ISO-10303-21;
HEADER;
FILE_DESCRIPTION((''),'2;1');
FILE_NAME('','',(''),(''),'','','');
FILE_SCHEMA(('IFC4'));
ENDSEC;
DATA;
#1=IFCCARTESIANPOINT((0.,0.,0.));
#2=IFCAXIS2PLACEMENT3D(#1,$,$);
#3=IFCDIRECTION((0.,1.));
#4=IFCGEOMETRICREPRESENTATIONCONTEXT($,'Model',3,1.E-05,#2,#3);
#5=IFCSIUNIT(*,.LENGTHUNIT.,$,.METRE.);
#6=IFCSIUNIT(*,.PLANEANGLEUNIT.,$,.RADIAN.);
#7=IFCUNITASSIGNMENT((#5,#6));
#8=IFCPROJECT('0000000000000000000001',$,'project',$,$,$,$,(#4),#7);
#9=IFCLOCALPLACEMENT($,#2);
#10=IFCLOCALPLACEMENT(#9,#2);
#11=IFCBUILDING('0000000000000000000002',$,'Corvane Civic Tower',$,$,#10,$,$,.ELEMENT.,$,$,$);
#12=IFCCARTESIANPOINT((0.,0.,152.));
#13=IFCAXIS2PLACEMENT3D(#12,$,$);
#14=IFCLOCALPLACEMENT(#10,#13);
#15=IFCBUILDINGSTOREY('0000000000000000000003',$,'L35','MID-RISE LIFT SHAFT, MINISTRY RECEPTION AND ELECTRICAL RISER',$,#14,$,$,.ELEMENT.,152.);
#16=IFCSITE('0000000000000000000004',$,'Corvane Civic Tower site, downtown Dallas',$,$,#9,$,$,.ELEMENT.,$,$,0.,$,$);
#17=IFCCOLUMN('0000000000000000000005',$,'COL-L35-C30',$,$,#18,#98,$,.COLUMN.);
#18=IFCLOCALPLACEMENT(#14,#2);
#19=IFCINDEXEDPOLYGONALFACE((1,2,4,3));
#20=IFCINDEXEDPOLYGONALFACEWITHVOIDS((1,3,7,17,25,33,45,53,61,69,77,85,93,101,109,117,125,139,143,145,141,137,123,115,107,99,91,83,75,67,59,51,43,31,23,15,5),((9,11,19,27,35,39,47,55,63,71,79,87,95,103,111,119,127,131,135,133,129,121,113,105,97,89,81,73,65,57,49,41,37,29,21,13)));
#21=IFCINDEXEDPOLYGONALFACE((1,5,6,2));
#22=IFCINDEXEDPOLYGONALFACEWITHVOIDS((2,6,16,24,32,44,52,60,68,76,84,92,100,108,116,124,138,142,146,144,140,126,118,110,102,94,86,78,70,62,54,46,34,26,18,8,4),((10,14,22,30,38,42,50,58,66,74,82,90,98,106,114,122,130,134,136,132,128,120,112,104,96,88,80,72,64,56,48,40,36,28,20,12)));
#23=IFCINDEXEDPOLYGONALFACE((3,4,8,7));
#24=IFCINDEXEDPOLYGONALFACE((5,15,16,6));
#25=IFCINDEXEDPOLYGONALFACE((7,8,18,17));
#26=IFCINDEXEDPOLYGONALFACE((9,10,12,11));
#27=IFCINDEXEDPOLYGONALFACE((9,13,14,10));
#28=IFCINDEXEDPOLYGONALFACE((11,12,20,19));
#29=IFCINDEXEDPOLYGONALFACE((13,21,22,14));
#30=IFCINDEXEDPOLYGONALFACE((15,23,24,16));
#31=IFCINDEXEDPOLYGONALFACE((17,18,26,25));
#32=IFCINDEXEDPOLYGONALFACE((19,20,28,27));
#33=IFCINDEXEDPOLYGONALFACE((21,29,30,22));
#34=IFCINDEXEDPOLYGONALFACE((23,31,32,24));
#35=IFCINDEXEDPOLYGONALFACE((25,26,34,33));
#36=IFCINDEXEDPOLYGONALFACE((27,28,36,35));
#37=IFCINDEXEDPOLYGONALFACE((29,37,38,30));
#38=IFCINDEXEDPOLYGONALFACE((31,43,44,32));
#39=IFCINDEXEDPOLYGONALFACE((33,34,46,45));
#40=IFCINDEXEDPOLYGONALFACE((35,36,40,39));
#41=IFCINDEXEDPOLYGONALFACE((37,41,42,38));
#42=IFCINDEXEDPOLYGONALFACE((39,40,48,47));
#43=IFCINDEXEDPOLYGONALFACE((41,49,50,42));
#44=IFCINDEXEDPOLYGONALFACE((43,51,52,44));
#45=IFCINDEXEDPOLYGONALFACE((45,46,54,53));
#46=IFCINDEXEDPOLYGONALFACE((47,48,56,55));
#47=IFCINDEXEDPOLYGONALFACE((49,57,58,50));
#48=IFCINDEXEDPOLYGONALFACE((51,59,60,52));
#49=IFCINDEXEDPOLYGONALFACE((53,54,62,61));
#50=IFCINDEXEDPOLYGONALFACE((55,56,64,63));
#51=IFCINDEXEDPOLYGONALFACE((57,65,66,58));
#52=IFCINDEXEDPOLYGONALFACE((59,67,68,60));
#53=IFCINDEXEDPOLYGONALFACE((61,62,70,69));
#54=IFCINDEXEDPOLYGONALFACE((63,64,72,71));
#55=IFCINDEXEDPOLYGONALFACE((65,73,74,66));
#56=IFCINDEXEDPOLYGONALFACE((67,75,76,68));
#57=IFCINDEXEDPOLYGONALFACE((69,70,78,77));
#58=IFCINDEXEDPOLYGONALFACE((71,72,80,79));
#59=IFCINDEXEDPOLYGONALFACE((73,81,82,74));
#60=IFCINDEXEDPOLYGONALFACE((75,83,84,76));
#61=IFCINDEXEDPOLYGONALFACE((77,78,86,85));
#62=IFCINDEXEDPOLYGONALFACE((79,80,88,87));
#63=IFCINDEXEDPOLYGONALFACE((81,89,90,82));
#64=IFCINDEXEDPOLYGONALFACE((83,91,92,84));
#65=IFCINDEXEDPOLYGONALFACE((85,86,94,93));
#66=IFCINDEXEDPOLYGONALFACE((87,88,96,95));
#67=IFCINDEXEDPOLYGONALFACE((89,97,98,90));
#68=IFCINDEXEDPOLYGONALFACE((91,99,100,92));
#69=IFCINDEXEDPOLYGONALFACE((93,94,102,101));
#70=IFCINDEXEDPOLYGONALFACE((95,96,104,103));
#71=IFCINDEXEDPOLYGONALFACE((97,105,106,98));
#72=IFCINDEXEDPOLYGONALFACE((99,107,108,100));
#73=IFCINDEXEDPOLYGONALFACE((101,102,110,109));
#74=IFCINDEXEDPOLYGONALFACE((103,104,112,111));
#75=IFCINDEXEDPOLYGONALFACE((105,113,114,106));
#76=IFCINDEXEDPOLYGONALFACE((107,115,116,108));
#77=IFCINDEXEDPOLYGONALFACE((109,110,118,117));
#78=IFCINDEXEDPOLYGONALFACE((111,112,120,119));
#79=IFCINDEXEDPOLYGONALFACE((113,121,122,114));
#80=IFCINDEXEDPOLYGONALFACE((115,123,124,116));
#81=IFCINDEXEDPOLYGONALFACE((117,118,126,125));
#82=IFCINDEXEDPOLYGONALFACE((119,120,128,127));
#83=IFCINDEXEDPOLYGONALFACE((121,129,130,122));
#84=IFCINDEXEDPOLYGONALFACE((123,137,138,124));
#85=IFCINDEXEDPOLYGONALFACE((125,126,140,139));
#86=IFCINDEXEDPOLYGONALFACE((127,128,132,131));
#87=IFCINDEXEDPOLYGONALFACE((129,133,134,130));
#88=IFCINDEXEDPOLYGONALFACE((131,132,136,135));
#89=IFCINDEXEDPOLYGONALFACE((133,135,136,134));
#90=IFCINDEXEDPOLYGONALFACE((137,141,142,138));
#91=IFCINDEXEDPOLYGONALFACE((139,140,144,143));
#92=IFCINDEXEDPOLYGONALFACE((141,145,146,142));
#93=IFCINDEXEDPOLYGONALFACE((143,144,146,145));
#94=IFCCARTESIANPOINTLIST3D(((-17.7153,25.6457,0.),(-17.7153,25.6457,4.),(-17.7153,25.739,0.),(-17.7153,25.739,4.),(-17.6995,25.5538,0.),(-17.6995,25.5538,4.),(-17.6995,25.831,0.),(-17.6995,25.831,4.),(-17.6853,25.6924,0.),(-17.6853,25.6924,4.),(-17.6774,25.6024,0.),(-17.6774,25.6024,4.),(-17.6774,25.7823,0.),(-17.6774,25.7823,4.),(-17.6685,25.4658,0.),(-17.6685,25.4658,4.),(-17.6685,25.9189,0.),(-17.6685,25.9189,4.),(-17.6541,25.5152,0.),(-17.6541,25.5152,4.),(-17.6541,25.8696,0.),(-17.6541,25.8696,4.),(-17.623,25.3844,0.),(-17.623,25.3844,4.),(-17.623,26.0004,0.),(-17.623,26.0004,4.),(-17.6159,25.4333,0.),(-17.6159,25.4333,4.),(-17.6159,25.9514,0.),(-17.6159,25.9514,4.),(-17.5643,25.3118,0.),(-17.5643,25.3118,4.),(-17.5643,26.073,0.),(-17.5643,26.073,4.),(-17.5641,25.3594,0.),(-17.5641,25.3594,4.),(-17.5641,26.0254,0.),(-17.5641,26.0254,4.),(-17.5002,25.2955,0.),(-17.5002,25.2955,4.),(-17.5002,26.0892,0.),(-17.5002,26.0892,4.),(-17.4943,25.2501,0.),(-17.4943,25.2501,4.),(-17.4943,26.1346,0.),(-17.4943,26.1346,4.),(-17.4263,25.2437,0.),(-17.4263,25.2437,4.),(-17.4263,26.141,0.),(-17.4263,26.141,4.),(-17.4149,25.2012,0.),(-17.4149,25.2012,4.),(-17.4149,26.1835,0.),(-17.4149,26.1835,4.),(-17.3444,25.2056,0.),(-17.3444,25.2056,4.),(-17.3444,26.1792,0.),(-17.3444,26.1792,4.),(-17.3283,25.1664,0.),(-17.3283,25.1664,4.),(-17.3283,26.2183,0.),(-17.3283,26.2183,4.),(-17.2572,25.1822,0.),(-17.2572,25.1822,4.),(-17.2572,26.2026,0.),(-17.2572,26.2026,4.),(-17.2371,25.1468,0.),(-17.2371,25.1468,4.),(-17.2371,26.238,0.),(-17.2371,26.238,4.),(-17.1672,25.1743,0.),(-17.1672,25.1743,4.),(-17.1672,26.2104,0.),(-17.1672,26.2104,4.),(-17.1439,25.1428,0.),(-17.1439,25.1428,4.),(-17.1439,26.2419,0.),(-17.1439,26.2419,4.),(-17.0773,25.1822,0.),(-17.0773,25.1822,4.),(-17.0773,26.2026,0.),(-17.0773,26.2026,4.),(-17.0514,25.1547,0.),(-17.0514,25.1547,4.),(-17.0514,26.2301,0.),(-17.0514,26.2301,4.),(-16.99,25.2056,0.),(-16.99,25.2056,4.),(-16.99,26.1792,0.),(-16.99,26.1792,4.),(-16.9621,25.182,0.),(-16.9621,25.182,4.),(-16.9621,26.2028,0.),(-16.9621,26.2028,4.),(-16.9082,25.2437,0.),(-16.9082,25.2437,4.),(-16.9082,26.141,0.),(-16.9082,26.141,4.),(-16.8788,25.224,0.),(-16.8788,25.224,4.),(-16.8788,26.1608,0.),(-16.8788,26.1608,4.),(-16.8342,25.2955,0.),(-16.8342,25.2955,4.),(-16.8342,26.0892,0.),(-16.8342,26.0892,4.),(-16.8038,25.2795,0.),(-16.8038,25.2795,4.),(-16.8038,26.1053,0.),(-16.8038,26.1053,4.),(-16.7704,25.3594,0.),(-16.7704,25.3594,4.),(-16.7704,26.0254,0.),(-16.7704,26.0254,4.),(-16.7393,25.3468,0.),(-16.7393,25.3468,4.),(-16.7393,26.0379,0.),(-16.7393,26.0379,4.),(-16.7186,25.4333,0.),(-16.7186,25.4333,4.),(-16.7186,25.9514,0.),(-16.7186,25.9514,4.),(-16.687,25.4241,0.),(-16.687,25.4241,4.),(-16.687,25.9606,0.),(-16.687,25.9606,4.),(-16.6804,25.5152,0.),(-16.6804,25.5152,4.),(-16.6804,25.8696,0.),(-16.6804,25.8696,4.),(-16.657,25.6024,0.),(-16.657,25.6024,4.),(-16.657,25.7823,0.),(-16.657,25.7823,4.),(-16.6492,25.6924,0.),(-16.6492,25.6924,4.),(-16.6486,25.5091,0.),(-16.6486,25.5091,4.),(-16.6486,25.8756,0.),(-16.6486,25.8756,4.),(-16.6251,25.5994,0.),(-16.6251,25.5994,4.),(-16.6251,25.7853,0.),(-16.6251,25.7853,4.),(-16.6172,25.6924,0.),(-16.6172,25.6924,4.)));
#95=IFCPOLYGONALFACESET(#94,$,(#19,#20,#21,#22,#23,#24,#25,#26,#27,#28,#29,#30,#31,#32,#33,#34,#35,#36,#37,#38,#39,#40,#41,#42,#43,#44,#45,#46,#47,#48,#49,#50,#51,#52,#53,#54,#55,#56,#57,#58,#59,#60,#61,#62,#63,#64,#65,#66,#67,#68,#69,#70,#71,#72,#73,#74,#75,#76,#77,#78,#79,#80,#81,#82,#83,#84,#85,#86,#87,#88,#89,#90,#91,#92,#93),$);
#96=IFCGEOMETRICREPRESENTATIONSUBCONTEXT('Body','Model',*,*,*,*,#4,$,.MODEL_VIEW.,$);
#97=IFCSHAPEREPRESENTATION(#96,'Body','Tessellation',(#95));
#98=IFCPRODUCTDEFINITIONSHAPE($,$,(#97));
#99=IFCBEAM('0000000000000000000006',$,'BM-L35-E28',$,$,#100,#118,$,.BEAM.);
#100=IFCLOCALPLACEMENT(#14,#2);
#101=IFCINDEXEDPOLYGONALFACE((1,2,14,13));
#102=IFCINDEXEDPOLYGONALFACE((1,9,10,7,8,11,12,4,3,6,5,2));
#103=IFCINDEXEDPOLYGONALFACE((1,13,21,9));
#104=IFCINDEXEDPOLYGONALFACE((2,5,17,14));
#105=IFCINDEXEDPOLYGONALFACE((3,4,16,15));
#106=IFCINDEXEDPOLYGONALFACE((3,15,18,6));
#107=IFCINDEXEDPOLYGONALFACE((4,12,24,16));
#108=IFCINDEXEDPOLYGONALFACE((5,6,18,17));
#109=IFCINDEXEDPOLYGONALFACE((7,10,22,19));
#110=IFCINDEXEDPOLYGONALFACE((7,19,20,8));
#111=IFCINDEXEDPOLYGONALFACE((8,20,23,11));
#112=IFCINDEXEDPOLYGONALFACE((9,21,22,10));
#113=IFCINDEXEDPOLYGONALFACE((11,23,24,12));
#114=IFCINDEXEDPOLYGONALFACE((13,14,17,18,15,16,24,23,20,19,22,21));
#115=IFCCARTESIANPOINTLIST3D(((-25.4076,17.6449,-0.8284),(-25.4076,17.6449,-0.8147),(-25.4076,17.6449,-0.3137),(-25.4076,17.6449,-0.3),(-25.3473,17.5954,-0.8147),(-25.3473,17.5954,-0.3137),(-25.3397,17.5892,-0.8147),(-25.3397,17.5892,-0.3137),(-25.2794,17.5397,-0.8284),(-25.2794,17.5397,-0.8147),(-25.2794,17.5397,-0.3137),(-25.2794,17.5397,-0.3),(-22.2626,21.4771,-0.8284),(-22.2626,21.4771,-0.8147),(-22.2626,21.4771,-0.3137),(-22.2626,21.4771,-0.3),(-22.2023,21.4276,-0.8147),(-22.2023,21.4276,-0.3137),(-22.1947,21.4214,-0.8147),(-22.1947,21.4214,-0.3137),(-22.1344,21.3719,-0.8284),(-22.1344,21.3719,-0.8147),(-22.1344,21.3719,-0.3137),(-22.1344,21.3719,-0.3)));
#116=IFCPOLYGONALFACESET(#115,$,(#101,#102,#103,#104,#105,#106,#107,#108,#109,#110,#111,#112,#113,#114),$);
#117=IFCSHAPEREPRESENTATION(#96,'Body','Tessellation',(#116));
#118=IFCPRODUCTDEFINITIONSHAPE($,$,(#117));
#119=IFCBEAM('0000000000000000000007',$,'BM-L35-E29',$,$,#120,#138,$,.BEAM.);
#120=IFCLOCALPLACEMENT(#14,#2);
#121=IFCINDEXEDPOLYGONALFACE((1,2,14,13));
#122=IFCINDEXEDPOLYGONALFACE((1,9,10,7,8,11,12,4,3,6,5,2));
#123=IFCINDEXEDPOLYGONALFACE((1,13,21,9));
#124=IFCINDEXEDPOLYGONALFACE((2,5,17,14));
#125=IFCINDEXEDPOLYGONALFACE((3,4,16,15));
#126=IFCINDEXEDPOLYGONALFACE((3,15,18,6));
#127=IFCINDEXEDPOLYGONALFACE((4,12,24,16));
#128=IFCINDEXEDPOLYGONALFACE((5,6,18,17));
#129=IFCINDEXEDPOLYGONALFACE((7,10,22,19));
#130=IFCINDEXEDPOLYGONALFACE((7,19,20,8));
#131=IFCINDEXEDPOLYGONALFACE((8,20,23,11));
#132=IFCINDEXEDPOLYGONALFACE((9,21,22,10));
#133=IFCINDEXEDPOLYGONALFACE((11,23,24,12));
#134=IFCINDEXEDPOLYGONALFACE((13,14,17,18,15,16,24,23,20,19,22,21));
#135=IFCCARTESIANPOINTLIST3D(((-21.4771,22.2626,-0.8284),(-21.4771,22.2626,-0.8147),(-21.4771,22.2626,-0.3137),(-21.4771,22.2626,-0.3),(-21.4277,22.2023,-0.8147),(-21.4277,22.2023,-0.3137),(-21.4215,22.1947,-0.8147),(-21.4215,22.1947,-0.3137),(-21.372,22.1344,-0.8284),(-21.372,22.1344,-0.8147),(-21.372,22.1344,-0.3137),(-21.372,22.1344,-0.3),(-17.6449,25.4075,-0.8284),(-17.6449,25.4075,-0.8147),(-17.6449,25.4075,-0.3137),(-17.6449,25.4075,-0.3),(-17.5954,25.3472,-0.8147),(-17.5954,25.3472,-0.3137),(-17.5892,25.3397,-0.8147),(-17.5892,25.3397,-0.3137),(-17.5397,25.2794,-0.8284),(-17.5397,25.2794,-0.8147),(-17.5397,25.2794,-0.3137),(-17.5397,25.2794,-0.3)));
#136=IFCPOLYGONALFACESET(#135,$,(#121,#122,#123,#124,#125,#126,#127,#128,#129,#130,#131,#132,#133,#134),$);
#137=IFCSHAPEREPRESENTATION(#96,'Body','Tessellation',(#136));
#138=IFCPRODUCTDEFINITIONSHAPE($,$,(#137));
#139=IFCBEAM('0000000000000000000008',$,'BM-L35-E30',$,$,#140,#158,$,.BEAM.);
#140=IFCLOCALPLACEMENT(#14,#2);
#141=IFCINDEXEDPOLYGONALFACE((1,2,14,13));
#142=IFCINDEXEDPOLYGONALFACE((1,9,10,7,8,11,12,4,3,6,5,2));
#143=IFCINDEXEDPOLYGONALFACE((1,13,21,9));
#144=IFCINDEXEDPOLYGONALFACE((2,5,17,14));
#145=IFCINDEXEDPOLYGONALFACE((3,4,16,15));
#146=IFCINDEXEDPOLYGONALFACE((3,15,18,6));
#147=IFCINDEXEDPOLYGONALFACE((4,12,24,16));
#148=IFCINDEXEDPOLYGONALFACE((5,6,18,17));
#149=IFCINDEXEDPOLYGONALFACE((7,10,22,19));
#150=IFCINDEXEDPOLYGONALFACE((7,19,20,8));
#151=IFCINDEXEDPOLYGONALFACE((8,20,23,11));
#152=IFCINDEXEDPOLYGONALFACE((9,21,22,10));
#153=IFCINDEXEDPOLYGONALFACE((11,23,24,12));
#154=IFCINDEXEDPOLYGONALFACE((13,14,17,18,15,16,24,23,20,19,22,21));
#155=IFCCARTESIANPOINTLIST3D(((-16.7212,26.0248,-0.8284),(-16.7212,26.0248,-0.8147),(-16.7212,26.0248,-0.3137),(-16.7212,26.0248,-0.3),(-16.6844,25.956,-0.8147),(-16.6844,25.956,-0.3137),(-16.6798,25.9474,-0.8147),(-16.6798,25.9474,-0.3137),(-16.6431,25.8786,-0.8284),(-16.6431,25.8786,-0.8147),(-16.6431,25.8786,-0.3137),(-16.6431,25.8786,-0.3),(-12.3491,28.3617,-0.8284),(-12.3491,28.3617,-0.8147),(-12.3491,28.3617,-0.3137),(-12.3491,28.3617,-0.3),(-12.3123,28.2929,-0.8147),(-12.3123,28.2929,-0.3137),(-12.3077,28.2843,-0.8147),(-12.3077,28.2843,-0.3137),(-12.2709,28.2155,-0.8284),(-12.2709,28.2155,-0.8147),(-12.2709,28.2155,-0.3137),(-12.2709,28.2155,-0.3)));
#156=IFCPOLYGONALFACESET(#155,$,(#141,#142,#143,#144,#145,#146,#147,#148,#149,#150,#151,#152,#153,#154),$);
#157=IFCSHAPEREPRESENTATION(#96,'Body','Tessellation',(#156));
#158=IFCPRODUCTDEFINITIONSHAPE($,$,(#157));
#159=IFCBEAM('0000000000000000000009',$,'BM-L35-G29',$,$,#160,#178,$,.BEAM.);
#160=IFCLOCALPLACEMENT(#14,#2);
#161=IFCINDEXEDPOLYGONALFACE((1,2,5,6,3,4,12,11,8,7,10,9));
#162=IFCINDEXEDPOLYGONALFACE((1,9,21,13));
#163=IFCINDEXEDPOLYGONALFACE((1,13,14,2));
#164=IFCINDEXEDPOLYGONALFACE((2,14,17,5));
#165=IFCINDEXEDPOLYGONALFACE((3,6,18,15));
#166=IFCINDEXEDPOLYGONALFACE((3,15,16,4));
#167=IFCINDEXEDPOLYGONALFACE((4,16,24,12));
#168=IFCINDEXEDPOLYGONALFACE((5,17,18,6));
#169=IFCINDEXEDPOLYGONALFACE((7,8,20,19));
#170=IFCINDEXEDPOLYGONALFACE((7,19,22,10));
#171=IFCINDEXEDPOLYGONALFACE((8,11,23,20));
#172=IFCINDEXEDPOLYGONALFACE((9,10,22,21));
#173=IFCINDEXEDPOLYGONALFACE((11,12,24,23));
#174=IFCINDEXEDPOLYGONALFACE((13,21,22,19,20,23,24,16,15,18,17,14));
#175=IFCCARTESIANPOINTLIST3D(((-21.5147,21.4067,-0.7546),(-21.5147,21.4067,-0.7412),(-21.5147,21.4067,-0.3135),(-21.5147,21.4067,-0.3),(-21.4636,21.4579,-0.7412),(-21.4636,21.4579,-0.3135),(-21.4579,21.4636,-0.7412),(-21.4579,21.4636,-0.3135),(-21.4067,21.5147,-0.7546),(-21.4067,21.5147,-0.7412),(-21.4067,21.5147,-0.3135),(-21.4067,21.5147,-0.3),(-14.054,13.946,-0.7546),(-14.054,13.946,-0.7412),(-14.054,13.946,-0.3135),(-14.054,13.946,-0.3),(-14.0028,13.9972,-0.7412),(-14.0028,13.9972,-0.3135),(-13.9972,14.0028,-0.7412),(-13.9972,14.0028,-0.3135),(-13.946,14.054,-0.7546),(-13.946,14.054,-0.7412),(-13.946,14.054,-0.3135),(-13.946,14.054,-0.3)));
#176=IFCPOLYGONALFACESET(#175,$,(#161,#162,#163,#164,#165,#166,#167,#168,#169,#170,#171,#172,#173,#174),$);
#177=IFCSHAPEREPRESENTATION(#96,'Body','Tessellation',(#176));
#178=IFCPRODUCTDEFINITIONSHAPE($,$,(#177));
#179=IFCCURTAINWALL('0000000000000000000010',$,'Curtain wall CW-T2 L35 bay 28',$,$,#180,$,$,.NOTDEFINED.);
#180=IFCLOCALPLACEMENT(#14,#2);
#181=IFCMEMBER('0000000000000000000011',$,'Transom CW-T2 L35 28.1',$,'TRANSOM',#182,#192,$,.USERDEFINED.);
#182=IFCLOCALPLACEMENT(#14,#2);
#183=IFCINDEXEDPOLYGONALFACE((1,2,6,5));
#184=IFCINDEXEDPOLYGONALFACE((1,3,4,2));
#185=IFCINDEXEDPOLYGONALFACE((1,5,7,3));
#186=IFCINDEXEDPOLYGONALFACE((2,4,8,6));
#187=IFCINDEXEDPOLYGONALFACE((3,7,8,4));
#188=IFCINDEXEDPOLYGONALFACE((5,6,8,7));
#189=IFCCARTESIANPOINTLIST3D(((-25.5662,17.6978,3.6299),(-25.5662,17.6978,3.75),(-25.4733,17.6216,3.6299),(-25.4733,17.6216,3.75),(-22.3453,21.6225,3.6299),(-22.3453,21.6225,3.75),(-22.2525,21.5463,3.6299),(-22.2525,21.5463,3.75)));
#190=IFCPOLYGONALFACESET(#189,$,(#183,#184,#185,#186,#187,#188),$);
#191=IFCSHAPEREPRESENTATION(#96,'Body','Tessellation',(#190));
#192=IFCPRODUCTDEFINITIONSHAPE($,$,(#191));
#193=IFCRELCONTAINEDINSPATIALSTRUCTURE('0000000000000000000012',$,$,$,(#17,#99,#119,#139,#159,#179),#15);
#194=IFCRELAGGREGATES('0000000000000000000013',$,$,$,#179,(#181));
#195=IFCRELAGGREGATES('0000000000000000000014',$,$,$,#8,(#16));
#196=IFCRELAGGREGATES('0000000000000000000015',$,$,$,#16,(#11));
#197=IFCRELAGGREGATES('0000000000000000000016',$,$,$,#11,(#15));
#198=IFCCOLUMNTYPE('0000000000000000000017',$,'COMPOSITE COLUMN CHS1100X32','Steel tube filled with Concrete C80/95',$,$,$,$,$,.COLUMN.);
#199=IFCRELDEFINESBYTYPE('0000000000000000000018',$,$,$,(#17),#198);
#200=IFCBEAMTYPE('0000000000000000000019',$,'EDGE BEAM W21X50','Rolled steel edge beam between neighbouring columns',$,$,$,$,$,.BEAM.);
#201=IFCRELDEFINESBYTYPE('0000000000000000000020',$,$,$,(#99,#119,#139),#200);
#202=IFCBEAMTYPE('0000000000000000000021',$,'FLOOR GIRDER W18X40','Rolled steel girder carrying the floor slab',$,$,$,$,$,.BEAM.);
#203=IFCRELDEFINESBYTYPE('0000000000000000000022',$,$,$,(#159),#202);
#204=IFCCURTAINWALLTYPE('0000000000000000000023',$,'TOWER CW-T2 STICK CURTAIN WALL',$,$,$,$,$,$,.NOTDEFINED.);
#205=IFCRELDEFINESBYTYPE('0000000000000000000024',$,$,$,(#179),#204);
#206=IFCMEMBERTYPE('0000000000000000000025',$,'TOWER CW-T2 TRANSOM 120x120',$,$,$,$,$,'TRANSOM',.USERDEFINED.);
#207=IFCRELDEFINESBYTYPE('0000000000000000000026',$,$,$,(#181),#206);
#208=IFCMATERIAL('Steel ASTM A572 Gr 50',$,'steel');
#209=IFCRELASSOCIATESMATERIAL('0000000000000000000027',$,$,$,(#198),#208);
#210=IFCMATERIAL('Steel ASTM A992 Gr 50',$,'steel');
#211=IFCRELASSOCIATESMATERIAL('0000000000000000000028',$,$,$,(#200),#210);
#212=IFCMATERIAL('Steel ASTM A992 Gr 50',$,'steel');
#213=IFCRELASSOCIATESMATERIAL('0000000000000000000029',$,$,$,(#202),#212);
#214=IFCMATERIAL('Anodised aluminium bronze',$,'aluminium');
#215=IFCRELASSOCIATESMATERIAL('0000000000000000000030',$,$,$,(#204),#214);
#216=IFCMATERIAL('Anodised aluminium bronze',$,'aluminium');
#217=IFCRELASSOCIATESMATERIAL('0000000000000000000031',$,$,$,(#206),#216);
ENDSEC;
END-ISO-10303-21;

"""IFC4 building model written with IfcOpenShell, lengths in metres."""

from ifc_helpers import new_model, si_unit, direction, frame, origin, origin_2d, place, context, subcontext, project, spatial, rectangle, hollow_circle, i_section, extrude, material, material_profile, profile_set, type_object, element, aggregate, save


model = new_model("IFC4")

# Units and contexts
model_context = context("Model", 3, precision=1e-05, world=origin(), true_north=direction((0.0, 1.0)))
body_context = subcontext(model_context, "Body", "Model", "MODEL_VIEW")
ifc_project = project(units=[si_unit("LENGTHUNIT", "METRE"), si_unit("PLANEANGLEUNIT", "RADIAN")], contexts=[model_context])

# Site, building, storey
site_placement = place(None, origin())
site = spatial("IfcSite", under=ifc_project, at=site_placement, Name="Corvane Civic Tower site, downtown Dallas", CompositionType="ELEMENT", RefElevation=0.0)
building_placement = place(site_placement, origin())
building = spatial("IfcBuilding", under=site, at=building_placement, Name="Corvane Civic Tower", CompositionType="ELEMENT")
storey_placement = place(building_placement, frame((0.0, 0.0, 152.0)))
storey = spatial("IfcBuildingStorey", under=building, at=storey_placement, Name="L35", Description="MID-RISE LIFT SHAFT, MINISTRY RECEPTION AND ELECTRICAL RISER", CompositionType="ELEMENT", Elevation=152.0)

# Column
ifc_material_1 = material(Name="Steel ASTM A572 Gr 50", Category="steel")
ifc_material_profile_1 = material_profile(ifc_material_1, hollow_circle(Radius=0.55, WallThickness=0.032, at=origin_2d()), Name="CHS1100X32")
ifc_profile_set_1 = profile_set([ifc_material_profile_1], Name="Steel ASTM A572 Gr 50")
column_type = type_object("IfcColumnType", Name="COMPOSITE COLUMN CHS1100X32", Description="Steel tube filled with Concrete C80/95", PredefinedType="COLUMN", material=ifc_profile_set_1)
for number, where, z_axis, x_axis, name in (
    (1, (-17.1672, 25.6924, 0.0), (0.0, 0.0, 1.0), (1.0, 0.0, 0.0), "COL-L35-C30"),
):
    element("IfcColumn", number, at=place(storey_placement, frame(where, z_axis=z_axis, x_axis=x_axis)), inside=storey, type_object=column_type, Name=name, PredefinedType="COLUMN", context=body_context, shape_type="SweptSolid", body=[
        extrude(hollow_circle(Radius=0.55, WallThickness=0.032, at=origin_2d()), origin(), (0.0, 0.0, 1.0), 4.0),
    ])

# Beams
ifc_material_2 = material(Name="Steel ASTM A992 Gr 50", Category="steel")
ifc_material_profile_2 = material_profile(ifc_material_2, i_section(OverallWidth=0.1658, OverallDepth=0.5283, WebThickness=0.0098, FlangeThickness=0.0137, at=origin_2d()), Name="W21X50")
ifc_profile_set_2 = profile_set([ifc_material_profile_2], Name="Steel ASTM A992 Gr 50")
beam_type_1 = type_object("IfcBeamType", Name="EDGE BEAM W21X50", Description="Rolled steel edge beam between neighbouring columns", PredefinedType="BEAM", material=ifc_profile_set_2)
for number, where, z_axis, x_axis, name in (
    (2, (-25.3435, 17.5923, -0.5642), (0.634388, 0.773015, 0.0), (-0.773015, 0.634388, 0.0), "BM-L35-E28"),
    (3, (-21.4246, 22.1985, -0.5642), (0.773015, 0.634388, 0.0), (-0.634388, 0.773015, 0.0), "BM-L35-E29"),
    (4, (-16.6821, 25.9517, -0.5642), (0.881922, 0.471396, 0.0), (-0.471396, 0.881922, 0.0), "BM-L35-E30"),
):
    element("IfcBeam", number, at=place(storey_placement, frame(where, z_axis=z_axis, x_axis=x_axis)), inside=storey, type_object=beam_type_1, Name=name, PredefinedType="BEAM", context=body_context, shape_type="SweptSolid", body=[
        extrude(i_section(OverallWidth=0.1658, OverallDepth=0.5283, WebThickness=0.0098, FlangeThickness=0.0137, at=origin_2d()), origin(), (0.0, 0.0, 1.0), 4.9575),
    ])
ifc_material_3 = material(Name="Steel ASTM A992 Gr 50", Category="steel")
ifc_material_profile_3 = material_profile(ifc_material_3, i_section(OverallWidth=0.1528, OverallDepth=0.4546, WebThickness=0.0081, FlangeThickness=0.0134, at=origin_2d()), Name="W18X40")
ifc_profile_set_3 = profile_set([ifc_material_profile_3], Name="Steel ASTM A992 Gr 50")
beam_type_2 = type_object("IfcBeamType", Name="FLOOR GIRDER W18X40", Description="Rolled steel girder carrying the floor slab", PredefinedType="BEAM", material=ifc_profile_set_3)
beam_placement = place(storey_placement, frame((-14.0, 14.0, -0.5273), z_axis=(-0.707107, 0.707107, 0.0), x_axis=(-0.707107, -0.707107, 0.0)))
element("IfcBeam", 5, at=beam_placement, inside=storey, type_object=beam_type_2, Name="BM-L35-G29", PredefinedType="BEAM", context=body_context, shape_type="SweptSolid", body=[
    extrude(i_section(OverallWidth=0.1528, OverallDepth=0.4546, WebThickness=0.0081, FlangeThickness=0.0134, at=origin_2d()), origin(), (0.0, 0.0, 1.0), 10.551),
])

# Curtain wall, member
ifc_material_4 = material(Name="Anodised aluminium bronze", Category="aluminium")
curtain_wall_type = type_object("IfcCurtainWallType", Name="TOWER CW-T2 STICK CURTAIN WALL", PredefinedType="NOTDEFINED", material=ifc_material_4)
curtain_wall_1_placement = place(storey_placement, origin())
curtain_wall_1 = element("IfcCurtainWall", 6, at=curtain_wall_1_placement, inside=storey, type_object=curtain_wall_type, Name="Curtain wall CW-T2 L35 bay 28", PredefinedType="NOTDEFINED")
ifc_material_5 = material(Name="Anodised aluminium bronze", Category="aluminium")
ifc_material_profile_4 = material_profile(ifc_material_5, rectangle(XDim=0.1201, YDim=0.1201, at=origin_2d()), Name="TOWER CW-T2 TRANSOM 120x120")
ifc_profile_set_4 = profile_set([ifc_material_profile_4], Name="Anodised aluminium bronze")
member_type = type_object("IfcMemberType", Name="TOWER CW-T2 TRANSOM 120x120", ElementType="TRANSOM", PredefinedType="USERDEFINED", material=ifc_profile_set_4)
member_1_placement = place(storey_placement, frame((-25.5198, 17.6597, 3.6899), z_axis=(0.634387, 0.773016, 0.0), x_axis=(-0.773016, 0.634387, 0.0)))
member_1 = element("IfcMember", 7, at=member_1_placement, type_object=member_type, Name="Transom CW-T2 L35 28.1", ObjectType="TRANSOM", PredefinedType="USERDEFINED", context=body_context, shape_type="SweptSolid", body=[
    extrude(rectangle(XDim=0.1201, YDim=0.1201, at=origin_2d()), origin(), (0.0, 0.0, 1.0), 5.0771),
])

aggregate(curtain_wall_1, [member_1])

save(model, "model.ifc")
